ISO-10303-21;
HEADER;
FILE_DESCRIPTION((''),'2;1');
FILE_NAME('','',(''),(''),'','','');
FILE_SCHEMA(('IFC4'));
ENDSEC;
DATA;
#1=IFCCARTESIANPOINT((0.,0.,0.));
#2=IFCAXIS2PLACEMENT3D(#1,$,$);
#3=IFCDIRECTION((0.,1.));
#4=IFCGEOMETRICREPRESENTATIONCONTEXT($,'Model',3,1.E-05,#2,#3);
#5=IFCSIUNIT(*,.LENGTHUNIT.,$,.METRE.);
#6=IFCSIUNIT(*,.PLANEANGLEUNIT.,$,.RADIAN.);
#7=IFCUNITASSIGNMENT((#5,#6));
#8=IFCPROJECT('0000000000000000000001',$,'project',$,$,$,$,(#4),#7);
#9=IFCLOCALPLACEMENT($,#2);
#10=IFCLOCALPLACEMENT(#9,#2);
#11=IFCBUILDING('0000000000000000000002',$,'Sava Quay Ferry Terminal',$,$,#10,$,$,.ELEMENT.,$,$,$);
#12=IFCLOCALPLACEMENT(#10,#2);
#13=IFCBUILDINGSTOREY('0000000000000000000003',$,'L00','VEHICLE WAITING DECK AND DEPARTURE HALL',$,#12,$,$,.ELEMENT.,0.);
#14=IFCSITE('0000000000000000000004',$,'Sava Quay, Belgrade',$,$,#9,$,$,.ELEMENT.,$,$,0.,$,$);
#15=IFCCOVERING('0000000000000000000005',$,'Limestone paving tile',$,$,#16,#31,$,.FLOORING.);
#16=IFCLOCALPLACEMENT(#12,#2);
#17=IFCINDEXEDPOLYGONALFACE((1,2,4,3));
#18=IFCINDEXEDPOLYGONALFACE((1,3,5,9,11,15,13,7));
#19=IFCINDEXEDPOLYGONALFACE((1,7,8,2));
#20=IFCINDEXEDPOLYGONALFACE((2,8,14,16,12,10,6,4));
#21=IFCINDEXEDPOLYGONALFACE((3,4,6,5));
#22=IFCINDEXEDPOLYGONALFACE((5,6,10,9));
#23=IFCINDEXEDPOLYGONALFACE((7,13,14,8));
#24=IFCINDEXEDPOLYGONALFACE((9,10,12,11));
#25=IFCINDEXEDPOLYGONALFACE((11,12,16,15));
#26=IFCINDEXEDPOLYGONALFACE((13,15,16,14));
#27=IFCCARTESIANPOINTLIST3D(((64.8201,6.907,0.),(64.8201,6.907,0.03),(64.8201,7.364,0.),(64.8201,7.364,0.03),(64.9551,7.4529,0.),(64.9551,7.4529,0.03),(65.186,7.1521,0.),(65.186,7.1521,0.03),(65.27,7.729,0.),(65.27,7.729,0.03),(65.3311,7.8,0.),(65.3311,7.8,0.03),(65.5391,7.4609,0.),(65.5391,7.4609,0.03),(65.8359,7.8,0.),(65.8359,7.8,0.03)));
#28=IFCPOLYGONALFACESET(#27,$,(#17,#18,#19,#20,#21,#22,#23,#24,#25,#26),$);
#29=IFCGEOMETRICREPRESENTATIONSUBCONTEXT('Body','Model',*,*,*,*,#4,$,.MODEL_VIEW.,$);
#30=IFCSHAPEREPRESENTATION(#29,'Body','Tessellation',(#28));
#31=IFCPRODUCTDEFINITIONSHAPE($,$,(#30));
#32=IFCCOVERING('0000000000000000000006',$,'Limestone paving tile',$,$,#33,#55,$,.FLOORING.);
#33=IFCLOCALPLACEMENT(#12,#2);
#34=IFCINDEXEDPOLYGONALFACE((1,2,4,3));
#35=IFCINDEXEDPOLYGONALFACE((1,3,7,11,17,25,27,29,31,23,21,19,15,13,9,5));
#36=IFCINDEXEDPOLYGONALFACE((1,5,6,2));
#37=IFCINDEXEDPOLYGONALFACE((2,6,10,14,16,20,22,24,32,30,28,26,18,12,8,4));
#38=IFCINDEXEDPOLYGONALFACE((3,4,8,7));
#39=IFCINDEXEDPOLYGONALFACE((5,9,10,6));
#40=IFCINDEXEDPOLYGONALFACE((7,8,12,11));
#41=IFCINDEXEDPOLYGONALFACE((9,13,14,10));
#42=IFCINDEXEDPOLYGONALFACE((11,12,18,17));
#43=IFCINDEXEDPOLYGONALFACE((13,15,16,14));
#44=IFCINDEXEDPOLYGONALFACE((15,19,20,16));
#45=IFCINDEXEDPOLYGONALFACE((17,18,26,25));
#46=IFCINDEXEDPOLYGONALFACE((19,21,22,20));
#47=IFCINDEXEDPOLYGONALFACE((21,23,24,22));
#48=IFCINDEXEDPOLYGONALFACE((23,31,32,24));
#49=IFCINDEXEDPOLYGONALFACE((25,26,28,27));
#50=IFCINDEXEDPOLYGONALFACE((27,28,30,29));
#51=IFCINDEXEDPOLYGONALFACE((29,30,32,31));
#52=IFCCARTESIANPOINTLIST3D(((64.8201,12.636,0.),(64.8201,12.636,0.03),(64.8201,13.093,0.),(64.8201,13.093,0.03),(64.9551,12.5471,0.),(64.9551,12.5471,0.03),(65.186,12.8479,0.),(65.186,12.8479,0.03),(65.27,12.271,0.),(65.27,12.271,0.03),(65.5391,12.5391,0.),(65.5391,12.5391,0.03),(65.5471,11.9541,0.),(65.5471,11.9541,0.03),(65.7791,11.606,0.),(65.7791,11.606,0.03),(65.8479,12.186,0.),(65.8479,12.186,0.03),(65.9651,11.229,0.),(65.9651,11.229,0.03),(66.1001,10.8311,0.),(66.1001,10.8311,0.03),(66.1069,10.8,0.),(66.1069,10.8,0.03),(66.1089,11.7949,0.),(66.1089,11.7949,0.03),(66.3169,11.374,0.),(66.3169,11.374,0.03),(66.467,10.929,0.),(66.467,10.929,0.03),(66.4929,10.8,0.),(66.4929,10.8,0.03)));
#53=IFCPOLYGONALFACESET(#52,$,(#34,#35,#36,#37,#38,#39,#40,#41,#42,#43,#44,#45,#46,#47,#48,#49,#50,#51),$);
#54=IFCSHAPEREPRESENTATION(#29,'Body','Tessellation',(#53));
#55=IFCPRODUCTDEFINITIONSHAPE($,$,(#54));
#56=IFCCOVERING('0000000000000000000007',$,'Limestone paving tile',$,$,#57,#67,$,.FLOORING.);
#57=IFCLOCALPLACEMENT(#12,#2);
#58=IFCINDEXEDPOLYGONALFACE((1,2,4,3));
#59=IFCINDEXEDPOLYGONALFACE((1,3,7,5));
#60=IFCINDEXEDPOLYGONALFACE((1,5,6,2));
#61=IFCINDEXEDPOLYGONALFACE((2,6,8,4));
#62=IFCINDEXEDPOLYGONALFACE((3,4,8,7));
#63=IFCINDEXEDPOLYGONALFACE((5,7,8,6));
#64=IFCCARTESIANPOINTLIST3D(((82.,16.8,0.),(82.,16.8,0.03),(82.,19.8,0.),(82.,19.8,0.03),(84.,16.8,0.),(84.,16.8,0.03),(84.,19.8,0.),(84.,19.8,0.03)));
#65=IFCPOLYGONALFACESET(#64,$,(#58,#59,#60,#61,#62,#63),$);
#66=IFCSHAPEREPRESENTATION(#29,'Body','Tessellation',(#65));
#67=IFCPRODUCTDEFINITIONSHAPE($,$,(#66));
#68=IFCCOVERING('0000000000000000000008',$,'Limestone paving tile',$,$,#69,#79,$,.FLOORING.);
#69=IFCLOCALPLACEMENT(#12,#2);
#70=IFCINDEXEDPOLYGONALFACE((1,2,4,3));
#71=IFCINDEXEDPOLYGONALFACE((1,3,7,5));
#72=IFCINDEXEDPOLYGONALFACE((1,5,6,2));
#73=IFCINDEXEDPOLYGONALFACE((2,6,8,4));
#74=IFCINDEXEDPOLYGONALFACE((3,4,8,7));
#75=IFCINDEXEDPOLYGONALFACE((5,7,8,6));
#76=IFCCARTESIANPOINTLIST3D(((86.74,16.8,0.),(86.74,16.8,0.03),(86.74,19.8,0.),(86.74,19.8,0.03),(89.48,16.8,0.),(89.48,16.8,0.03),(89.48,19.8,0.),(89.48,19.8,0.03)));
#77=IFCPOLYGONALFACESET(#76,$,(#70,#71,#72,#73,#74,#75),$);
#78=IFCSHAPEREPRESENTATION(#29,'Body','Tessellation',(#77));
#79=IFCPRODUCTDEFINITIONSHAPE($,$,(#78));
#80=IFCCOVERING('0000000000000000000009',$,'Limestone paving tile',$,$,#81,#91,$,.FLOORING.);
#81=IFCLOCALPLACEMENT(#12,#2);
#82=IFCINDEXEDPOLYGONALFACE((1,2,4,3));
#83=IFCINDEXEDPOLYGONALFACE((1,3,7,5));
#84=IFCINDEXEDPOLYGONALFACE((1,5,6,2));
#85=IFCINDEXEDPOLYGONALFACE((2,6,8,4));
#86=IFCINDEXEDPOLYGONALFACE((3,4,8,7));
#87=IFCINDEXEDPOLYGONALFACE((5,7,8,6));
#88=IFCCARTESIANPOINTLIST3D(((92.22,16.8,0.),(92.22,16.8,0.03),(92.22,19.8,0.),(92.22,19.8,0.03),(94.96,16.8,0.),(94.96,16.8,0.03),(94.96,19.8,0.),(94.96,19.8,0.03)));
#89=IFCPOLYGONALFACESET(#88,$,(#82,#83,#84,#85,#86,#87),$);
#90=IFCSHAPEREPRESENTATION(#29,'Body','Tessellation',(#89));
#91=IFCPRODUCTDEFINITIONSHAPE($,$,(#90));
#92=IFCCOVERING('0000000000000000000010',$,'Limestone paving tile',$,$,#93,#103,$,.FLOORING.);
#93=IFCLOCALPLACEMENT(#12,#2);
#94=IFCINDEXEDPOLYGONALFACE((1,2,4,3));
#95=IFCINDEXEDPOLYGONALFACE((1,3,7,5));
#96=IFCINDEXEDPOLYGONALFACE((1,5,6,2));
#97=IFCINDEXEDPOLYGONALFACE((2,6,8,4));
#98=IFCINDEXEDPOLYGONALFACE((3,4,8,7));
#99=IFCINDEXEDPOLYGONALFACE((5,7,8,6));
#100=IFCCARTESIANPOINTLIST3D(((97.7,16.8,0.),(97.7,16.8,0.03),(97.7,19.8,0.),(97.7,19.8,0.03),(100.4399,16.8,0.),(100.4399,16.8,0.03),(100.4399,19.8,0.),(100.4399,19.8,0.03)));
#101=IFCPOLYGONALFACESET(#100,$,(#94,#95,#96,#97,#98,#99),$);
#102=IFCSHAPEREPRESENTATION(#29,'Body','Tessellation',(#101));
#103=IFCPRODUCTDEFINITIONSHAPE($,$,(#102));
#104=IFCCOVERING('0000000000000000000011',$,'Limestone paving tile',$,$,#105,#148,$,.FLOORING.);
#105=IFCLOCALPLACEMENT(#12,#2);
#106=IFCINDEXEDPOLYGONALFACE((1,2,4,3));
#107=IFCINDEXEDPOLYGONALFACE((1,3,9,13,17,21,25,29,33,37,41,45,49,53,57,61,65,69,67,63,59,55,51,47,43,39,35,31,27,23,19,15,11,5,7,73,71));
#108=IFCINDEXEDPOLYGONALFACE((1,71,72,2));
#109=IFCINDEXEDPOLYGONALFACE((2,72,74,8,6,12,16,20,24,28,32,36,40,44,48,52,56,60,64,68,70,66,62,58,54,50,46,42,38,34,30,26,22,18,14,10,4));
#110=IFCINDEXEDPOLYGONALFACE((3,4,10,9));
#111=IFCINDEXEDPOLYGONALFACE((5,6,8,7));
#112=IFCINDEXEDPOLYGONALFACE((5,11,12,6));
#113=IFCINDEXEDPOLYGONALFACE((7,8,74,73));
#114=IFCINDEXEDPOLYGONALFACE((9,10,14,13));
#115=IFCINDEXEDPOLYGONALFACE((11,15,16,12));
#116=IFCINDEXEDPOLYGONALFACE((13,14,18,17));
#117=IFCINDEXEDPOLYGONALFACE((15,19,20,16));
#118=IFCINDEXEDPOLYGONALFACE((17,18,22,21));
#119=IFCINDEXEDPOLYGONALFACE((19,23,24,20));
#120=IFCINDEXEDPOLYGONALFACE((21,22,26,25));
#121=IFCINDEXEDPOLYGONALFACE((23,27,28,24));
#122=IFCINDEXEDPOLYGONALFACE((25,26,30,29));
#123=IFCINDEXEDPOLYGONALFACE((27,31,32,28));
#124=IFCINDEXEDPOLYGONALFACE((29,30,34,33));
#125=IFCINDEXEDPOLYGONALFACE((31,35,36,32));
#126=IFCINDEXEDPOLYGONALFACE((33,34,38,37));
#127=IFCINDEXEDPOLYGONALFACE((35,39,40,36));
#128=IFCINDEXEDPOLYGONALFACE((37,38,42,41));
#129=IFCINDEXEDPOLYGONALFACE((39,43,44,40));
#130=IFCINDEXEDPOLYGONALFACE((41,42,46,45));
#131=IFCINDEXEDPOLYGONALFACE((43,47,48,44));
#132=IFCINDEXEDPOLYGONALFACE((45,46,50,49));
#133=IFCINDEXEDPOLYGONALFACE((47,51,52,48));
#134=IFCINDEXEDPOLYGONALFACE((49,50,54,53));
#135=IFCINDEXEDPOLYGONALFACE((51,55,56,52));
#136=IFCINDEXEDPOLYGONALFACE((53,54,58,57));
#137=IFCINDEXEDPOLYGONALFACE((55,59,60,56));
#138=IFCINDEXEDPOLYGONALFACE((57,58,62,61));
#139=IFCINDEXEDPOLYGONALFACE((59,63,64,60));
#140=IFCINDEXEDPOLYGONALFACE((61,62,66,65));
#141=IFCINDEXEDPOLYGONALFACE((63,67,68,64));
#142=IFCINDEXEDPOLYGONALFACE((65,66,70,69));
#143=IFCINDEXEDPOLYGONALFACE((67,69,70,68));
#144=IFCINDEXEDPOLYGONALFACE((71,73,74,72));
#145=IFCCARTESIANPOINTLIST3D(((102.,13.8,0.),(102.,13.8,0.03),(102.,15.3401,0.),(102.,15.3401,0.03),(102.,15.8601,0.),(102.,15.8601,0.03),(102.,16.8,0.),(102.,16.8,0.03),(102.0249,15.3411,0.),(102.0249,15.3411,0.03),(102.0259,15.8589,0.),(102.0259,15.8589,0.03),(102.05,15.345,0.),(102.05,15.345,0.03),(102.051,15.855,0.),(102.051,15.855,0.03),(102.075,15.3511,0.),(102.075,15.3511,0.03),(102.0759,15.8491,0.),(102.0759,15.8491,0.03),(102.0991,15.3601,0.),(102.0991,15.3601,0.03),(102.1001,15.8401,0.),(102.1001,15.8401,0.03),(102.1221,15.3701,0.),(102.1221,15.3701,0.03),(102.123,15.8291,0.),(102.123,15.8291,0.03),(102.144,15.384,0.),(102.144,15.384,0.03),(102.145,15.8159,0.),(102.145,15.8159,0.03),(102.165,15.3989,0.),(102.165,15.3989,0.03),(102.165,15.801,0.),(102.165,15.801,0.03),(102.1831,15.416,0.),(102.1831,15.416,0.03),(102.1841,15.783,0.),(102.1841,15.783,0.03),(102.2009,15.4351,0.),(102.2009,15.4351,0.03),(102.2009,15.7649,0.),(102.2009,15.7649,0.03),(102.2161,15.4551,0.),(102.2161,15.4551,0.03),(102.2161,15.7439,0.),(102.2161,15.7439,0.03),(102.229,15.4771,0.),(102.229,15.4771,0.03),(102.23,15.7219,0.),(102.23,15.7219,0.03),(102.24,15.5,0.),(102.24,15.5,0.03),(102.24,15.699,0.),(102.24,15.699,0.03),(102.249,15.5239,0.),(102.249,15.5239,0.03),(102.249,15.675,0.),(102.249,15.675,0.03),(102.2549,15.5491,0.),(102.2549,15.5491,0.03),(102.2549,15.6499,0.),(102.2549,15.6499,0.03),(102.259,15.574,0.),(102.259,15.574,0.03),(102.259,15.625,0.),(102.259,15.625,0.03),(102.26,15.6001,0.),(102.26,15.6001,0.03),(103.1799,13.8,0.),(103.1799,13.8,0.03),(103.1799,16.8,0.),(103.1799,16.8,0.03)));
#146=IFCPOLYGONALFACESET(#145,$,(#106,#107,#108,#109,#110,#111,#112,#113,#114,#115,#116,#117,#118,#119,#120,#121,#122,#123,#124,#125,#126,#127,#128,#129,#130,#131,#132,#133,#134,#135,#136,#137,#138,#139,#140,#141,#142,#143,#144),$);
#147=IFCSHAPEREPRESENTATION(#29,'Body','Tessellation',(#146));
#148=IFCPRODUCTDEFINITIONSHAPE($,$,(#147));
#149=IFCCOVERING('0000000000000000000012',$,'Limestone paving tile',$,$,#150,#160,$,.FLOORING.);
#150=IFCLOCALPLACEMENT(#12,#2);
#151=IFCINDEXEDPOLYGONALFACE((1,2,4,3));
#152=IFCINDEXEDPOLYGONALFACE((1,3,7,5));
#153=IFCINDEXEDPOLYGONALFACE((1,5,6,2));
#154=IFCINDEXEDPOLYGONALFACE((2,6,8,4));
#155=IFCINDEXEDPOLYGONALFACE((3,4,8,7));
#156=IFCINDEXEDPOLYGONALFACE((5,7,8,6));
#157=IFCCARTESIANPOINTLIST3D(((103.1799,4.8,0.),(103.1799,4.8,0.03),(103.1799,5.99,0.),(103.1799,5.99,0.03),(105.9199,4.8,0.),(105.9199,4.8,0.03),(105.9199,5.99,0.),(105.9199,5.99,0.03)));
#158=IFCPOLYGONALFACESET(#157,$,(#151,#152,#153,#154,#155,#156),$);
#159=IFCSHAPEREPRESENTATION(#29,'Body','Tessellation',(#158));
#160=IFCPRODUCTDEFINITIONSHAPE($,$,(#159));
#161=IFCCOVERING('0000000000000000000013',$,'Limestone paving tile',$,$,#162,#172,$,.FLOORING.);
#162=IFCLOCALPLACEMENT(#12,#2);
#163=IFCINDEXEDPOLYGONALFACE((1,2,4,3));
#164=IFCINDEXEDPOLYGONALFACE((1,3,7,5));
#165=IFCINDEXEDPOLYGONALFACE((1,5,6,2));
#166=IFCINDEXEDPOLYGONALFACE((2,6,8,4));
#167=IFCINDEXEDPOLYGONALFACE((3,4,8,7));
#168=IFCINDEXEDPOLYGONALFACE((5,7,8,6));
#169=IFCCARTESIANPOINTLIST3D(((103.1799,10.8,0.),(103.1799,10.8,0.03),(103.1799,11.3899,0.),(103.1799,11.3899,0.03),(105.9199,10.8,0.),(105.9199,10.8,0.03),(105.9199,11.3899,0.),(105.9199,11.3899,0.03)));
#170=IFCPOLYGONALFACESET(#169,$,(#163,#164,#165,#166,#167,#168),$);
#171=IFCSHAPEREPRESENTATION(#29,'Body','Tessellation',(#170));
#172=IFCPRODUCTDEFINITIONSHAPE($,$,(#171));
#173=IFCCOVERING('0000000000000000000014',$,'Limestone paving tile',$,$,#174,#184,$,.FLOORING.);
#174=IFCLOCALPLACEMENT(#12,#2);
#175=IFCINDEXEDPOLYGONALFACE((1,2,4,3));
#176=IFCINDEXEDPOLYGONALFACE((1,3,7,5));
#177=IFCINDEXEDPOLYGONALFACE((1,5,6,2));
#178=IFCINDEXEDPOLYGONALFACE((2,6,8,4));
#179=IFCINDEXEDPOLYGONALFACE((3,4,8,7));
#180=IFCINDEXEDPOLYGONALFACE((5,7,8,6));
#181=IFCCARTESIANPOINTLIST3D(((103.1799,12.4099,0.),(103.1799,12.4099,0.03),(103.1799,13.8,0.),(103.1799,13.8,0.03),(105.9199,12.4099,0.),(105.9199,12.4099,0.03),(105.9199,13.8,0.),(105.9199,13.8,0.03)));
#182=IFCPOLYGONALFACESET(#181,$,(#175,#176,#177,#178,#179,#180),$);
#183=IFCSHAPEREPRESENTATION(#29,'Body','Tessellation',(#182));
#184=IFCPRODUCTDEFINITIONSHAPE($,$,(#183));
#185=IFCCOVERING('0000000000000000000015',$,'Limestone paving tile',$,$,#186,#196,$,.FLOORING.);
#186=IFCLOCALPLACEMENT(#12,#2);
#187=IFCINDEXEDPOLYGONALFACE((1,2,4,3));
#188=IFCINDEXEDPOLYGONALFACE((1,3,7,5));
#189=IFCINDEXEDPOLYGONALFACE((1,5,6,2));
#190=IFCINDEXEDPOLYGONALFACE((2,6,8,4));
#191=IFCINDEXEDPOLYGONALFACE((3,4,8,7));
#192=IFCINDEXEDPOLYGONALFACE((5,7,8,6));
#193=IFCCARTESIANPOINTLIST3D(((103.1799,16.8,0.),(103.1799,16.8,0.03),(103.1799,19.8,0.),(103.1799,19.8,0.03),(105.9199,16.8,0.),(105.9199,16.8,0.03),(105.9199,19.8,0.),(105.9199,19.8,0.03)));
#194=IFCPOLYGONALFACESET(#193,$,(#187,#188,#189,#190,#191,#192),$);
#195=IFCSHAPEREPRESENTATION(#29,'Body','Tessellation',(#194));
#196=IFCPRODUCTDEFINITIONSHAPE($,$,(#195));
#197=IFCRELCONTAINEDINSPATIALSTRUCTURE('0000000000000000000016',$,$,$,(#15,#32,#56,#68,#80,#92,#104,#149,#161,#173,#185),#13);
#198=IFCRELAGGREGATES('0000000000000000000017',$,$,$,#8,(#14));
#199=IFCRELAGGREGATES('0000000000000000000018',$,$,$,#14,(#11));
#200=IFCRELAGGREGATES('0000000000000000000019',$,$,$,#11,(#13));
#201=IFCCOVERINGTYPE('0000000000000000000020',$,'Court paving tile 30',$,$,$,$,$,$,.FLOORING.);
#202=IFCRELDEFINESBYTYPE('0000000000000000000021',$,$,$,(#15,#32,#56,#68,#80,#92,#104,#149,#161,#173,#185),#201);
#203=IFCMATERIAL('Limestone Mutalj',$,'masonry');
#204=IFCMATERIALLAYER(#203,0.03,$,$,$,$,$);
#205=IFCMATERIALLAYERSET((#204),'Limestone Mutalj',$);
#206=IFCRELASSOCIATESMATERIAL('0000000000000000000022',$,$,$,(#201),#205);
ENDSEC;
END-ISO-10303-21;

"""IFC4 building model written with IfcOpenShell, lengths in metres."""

from ifc_helpers import new_model, si_unit, direction, origin, place, context, subcontext, project, spatial, polyline, outline, extrude, material, layer, layer_set, type_object, element, save


model = new_model("IFC4")

# Units and contexts
model_context = context("Model", 3, precision=1e-05, world=origin(), true_north=direction((0.0, 1.0)))
body_context = subcontext(model_context, "Body", "Model", "MODEL_VIEW")
ifc_project = project(units=[si_unit("LENGTHUNIT", "METRE"), si_unit("PLANEANGLEUNIT", "RADIAN")], contexts=[model_context])

# Site, building, storey
site_placement = place(None, origin())
site = spatial("IfcSite", under=ifc_project, at=site_placement, Name="Sava Quay, Belgrade", CompositionType="ELEMENT", RefElevation=0.0)
building_placement = place(site_placement, origin())
building = spatial("IfcBuilding", under=site, at=building_placement, Name="Sava Quay Ferry Terminal", CompositionType="ELEMENT")
storey_placement = place(building_placement, origin())
storey = spatial("IfcBuildingStorey", under=building, at=storey_placement, Name="L00", Description="VEHICLE WAITING DECK AND DEPARTURE HALL", CompositionType="ELEMENT", Elevation=0.0)

# Coverings
ifc_material_1 = material(Name="Limestone Mutalj", Category="masonry")
ifc_layer_1 = layer(ifc_material_1, 0.03)
ifc_layer_set_1 = layer_set([ifc_layer_1], Name="Limestone Mutalj")
covering_type_1 = type_object("IfcCoveringType", Name="Court paving tile 30", PredefinedType="FLOORING", material=ifc_layer_set_1)
covering_1_placement = place(storey_placement, origin())
element("IfcCovering", 1, at=covering_1_placement, inside=storey, type_object=covering_type_1, Name="Limestone paving tile", PredefinedType="FLOORING", context=body_context, shape_type="SweptSolid", body=[
    extrude(outline(polyline([(65.8359, 7.8), (65.3311, 7.8), (65.27, 7.729), (64.9551, 7.4529), (64.8201, 7.364), (64.8201, 6.907), (65.186, 7.1521), (65.5391, 7.4609), (65.8359, 7.8)])), origin(), (0.0, 0.0, 1.0), 0.03),
])
covering_2_placement = place(storey_placement, origin())
element("IfcCovering", 2, at=covering_2_placement, inside=storey, type_object=covering_type_1, Name="Limestone paving tile", PredefinedType="FLOORING", context=body_context, shape_type="SweptSolid", body=[
    extrude(outline(polyline([(64.8201, 13.093), (64.8201, 12.636), (64.9551, 12.5471), (65.27, 12.271), (65.5471, 11.9541), (65.7791, 11.606), (65.9651, 11.229), (66.1001, 10.8311), (66.1069, 10.8), (66.4929, 10.8), (66.467, 10.929), (66.3169, 11.374), (66.1089, 11.7949), (65.8479, 12.186), (65.5391, 12.5391), (65.186, 12.8479), (64.8201, 13.093)])), origin(), (0.0, 0.0, 1.0), 0.03),
])
covering_3_placement = place(storey_placement, origin())
element("IfcCovering", 3, at=covering_3_placement, inside=storey, type_object=covering_type_1, Name="Limestone paving tile", PredefinedType="FLOORING", context=body_context, shape_type="SweptSolid", body=[
    extrude(outline(polyline([(84.0, 16.8), (84.0, 19.8), (82.0, 19.8), (82.0, 16.8), (84.0, 16.8)])), origin(), (0.0, 0.0, 1.0), 0.03),
])
covering_4_placement = place(storey_placement, origin())
element("IfcCovering", 4, at=covering_4_placement, inside=storey, type_object=covering_type_1, Name="Limestone paving tile", PredefinedType="FLOORING", context=body_context, shape_type="SweptSolid", body=[
    extrude(outline(polyline([(89.48, 16.8), (89.48, 19.8), (86.74, 19.8), (86.74, 16.8), (89.48, 16.8)])), origin(), (0.0, 0.0, 1.0), 0.03),
])
covering_5_placement = place(storey_placement, origin())
element("IfcCovering", 5, at=covering_5_placement, inside=storey, type_object=covering_type_1, Name="Limestone paving tile", PredefinedType="FLOORING", context=body_context, shape_type="SweptSolid", body=[
    extrude(outline(polyline([(94.96, 16.8), (94.96, 19.8), (92.22, 19.8), (92.22, 16.8), (94.96, 16.8)])), origin(), (0.0, 0.0, 1.0), 0.03),
])
covering_6_placement = place(storey_placement, origin())
element("IfcCovering", 6, at=covering_6_placement, inside=storey, type_object=covering_type_1, Name="Limestone paving tile", PredefinedType="FLOORING", context=body_context, shape_type="SweptSolid", body=[
    extrude(outline(polyline([(100.4399, 16.8), (100.4399, 19.8), (97.7, 19.8), (97.7, 16.8), (100.4399, 16.8)])), origin(), (0.0, 0.0, 1.0), 0.03),
])
covering_7_placement = place(storey_placement, origin())
element("IfcCovering", 7, at=covering_7_placement, inside=storey, type_object=covering_type_1, Name="Limestone paving tile", PredefinedType="FLOORING", context=body_context, shape_type="SweptSolid", body=[
    extrude(outline(polyline([(103.1799, 16.8), (102.0, 16.8), (102.0, 15.8601), (102.0259, 15.8589), (102.051, 15.855), (102.0759, 15.8491), (102.1001, 15.8401), (102.123, 15.8291), (102.145, 15.8159), (102.165, 15.801), (102.1841, 15.783), (102.2009, 15.7649), (102.2161, 15.7439), (102.23, 15.7219), (102.24, 15.699), (102.249, 15.675), (102.2549, 15.6499), (102.259, 15.625), (102.26, 15.6001), (102.259, 15.574), (102.2549, 15.5491), (102.249, 15.5239), (102.24, 15.5), (102.229, 15.4771), (102.2161, 15.4551), (102.2009, 15.4351), (102.1831, 15.416), (102.165, 15.3989), (102.144, 15.384), (102.1221, 15.3701), (102.0991, 15.3601), (102.075, 15.3511), (102.05, 15.345), (102.0249, 15.3411), (102.0, 15.3401), (102.0, 13.8), (103.1799, 13.8), (103.1799, 16.8)])), origin(), (0.0, 0.0, 1.0), 0.03),
])
covering_8_placement = place(storey_placement, origin())
element("IfcCovering", 8, at=covering_8_placement, inside=storey, type_object=covering_type_1, Name="Limestone paving tile", PredefinedType="FLOORING", context=body_context, shape_type="SweptSolid", body=[
    extrude(outline(polyline([(105.9199, 4.8), (105.9199, 5.99), (103.1799, 5.99), (103.1799, 4.8), (105.9199, 4.8)])), origin(), (0.0, 0.0, 1.0), 0.03),
])
covering_9_placement = place(storey_placement, origin())
element("IfcCovering", 9, at=covering_9_placement, inside=storey, type_object=covering_type_1, Name="Limestone paving tile", PredefinedType="FLOORING", context=body_context, shape_type="SweptSolid", body=[
    extrude(outline(polyline([(105.9199, 10.8), (105.9199, 11.3899), (103.1799, 11.3899), (103.1799, 10.8), (105.9199, 10.8)])), origin(), (0.0, 0.0, 1.0), 0.03),
])
covering_10_placement = place(storey_placement, origin())
element("IfcCovering", 10, at=covering_10_placement, inside=storey, type_object=covering_type_1, Name="Limestone paving tile", PredefinedType="FLOORING", context=body_context, shape_type="SweptSolid", body=[
    extrude(outline(polyline([(103.1799, 13.8), (103.1799, 12.4099), (105.9199, 12.4099), (105.9199, 13.8), (103.1799, 13.8)])), origin(), (0.0, 0.0, 1.0), 0.03),
])
covering_11_placement = place(storey_placement, origin())
element("IfcCovering", 11, at=covering_11_placement, inside=storey, type_object=covering_type_1, Name="Limestone paving tile", PredefinedType="FLOORING", context=body_context, shape_type="SweptSolid", body=[
    extrude(outline(polyline([(105.9199, 16.8), (105.9199, 19.8), (103.1799, 19.8), (103.1799, 16.8), (105.9199, 16.8)])), origin(), (0.0, 0.0, 1.0), 0.03),
])

save(model, "model.ifc")
